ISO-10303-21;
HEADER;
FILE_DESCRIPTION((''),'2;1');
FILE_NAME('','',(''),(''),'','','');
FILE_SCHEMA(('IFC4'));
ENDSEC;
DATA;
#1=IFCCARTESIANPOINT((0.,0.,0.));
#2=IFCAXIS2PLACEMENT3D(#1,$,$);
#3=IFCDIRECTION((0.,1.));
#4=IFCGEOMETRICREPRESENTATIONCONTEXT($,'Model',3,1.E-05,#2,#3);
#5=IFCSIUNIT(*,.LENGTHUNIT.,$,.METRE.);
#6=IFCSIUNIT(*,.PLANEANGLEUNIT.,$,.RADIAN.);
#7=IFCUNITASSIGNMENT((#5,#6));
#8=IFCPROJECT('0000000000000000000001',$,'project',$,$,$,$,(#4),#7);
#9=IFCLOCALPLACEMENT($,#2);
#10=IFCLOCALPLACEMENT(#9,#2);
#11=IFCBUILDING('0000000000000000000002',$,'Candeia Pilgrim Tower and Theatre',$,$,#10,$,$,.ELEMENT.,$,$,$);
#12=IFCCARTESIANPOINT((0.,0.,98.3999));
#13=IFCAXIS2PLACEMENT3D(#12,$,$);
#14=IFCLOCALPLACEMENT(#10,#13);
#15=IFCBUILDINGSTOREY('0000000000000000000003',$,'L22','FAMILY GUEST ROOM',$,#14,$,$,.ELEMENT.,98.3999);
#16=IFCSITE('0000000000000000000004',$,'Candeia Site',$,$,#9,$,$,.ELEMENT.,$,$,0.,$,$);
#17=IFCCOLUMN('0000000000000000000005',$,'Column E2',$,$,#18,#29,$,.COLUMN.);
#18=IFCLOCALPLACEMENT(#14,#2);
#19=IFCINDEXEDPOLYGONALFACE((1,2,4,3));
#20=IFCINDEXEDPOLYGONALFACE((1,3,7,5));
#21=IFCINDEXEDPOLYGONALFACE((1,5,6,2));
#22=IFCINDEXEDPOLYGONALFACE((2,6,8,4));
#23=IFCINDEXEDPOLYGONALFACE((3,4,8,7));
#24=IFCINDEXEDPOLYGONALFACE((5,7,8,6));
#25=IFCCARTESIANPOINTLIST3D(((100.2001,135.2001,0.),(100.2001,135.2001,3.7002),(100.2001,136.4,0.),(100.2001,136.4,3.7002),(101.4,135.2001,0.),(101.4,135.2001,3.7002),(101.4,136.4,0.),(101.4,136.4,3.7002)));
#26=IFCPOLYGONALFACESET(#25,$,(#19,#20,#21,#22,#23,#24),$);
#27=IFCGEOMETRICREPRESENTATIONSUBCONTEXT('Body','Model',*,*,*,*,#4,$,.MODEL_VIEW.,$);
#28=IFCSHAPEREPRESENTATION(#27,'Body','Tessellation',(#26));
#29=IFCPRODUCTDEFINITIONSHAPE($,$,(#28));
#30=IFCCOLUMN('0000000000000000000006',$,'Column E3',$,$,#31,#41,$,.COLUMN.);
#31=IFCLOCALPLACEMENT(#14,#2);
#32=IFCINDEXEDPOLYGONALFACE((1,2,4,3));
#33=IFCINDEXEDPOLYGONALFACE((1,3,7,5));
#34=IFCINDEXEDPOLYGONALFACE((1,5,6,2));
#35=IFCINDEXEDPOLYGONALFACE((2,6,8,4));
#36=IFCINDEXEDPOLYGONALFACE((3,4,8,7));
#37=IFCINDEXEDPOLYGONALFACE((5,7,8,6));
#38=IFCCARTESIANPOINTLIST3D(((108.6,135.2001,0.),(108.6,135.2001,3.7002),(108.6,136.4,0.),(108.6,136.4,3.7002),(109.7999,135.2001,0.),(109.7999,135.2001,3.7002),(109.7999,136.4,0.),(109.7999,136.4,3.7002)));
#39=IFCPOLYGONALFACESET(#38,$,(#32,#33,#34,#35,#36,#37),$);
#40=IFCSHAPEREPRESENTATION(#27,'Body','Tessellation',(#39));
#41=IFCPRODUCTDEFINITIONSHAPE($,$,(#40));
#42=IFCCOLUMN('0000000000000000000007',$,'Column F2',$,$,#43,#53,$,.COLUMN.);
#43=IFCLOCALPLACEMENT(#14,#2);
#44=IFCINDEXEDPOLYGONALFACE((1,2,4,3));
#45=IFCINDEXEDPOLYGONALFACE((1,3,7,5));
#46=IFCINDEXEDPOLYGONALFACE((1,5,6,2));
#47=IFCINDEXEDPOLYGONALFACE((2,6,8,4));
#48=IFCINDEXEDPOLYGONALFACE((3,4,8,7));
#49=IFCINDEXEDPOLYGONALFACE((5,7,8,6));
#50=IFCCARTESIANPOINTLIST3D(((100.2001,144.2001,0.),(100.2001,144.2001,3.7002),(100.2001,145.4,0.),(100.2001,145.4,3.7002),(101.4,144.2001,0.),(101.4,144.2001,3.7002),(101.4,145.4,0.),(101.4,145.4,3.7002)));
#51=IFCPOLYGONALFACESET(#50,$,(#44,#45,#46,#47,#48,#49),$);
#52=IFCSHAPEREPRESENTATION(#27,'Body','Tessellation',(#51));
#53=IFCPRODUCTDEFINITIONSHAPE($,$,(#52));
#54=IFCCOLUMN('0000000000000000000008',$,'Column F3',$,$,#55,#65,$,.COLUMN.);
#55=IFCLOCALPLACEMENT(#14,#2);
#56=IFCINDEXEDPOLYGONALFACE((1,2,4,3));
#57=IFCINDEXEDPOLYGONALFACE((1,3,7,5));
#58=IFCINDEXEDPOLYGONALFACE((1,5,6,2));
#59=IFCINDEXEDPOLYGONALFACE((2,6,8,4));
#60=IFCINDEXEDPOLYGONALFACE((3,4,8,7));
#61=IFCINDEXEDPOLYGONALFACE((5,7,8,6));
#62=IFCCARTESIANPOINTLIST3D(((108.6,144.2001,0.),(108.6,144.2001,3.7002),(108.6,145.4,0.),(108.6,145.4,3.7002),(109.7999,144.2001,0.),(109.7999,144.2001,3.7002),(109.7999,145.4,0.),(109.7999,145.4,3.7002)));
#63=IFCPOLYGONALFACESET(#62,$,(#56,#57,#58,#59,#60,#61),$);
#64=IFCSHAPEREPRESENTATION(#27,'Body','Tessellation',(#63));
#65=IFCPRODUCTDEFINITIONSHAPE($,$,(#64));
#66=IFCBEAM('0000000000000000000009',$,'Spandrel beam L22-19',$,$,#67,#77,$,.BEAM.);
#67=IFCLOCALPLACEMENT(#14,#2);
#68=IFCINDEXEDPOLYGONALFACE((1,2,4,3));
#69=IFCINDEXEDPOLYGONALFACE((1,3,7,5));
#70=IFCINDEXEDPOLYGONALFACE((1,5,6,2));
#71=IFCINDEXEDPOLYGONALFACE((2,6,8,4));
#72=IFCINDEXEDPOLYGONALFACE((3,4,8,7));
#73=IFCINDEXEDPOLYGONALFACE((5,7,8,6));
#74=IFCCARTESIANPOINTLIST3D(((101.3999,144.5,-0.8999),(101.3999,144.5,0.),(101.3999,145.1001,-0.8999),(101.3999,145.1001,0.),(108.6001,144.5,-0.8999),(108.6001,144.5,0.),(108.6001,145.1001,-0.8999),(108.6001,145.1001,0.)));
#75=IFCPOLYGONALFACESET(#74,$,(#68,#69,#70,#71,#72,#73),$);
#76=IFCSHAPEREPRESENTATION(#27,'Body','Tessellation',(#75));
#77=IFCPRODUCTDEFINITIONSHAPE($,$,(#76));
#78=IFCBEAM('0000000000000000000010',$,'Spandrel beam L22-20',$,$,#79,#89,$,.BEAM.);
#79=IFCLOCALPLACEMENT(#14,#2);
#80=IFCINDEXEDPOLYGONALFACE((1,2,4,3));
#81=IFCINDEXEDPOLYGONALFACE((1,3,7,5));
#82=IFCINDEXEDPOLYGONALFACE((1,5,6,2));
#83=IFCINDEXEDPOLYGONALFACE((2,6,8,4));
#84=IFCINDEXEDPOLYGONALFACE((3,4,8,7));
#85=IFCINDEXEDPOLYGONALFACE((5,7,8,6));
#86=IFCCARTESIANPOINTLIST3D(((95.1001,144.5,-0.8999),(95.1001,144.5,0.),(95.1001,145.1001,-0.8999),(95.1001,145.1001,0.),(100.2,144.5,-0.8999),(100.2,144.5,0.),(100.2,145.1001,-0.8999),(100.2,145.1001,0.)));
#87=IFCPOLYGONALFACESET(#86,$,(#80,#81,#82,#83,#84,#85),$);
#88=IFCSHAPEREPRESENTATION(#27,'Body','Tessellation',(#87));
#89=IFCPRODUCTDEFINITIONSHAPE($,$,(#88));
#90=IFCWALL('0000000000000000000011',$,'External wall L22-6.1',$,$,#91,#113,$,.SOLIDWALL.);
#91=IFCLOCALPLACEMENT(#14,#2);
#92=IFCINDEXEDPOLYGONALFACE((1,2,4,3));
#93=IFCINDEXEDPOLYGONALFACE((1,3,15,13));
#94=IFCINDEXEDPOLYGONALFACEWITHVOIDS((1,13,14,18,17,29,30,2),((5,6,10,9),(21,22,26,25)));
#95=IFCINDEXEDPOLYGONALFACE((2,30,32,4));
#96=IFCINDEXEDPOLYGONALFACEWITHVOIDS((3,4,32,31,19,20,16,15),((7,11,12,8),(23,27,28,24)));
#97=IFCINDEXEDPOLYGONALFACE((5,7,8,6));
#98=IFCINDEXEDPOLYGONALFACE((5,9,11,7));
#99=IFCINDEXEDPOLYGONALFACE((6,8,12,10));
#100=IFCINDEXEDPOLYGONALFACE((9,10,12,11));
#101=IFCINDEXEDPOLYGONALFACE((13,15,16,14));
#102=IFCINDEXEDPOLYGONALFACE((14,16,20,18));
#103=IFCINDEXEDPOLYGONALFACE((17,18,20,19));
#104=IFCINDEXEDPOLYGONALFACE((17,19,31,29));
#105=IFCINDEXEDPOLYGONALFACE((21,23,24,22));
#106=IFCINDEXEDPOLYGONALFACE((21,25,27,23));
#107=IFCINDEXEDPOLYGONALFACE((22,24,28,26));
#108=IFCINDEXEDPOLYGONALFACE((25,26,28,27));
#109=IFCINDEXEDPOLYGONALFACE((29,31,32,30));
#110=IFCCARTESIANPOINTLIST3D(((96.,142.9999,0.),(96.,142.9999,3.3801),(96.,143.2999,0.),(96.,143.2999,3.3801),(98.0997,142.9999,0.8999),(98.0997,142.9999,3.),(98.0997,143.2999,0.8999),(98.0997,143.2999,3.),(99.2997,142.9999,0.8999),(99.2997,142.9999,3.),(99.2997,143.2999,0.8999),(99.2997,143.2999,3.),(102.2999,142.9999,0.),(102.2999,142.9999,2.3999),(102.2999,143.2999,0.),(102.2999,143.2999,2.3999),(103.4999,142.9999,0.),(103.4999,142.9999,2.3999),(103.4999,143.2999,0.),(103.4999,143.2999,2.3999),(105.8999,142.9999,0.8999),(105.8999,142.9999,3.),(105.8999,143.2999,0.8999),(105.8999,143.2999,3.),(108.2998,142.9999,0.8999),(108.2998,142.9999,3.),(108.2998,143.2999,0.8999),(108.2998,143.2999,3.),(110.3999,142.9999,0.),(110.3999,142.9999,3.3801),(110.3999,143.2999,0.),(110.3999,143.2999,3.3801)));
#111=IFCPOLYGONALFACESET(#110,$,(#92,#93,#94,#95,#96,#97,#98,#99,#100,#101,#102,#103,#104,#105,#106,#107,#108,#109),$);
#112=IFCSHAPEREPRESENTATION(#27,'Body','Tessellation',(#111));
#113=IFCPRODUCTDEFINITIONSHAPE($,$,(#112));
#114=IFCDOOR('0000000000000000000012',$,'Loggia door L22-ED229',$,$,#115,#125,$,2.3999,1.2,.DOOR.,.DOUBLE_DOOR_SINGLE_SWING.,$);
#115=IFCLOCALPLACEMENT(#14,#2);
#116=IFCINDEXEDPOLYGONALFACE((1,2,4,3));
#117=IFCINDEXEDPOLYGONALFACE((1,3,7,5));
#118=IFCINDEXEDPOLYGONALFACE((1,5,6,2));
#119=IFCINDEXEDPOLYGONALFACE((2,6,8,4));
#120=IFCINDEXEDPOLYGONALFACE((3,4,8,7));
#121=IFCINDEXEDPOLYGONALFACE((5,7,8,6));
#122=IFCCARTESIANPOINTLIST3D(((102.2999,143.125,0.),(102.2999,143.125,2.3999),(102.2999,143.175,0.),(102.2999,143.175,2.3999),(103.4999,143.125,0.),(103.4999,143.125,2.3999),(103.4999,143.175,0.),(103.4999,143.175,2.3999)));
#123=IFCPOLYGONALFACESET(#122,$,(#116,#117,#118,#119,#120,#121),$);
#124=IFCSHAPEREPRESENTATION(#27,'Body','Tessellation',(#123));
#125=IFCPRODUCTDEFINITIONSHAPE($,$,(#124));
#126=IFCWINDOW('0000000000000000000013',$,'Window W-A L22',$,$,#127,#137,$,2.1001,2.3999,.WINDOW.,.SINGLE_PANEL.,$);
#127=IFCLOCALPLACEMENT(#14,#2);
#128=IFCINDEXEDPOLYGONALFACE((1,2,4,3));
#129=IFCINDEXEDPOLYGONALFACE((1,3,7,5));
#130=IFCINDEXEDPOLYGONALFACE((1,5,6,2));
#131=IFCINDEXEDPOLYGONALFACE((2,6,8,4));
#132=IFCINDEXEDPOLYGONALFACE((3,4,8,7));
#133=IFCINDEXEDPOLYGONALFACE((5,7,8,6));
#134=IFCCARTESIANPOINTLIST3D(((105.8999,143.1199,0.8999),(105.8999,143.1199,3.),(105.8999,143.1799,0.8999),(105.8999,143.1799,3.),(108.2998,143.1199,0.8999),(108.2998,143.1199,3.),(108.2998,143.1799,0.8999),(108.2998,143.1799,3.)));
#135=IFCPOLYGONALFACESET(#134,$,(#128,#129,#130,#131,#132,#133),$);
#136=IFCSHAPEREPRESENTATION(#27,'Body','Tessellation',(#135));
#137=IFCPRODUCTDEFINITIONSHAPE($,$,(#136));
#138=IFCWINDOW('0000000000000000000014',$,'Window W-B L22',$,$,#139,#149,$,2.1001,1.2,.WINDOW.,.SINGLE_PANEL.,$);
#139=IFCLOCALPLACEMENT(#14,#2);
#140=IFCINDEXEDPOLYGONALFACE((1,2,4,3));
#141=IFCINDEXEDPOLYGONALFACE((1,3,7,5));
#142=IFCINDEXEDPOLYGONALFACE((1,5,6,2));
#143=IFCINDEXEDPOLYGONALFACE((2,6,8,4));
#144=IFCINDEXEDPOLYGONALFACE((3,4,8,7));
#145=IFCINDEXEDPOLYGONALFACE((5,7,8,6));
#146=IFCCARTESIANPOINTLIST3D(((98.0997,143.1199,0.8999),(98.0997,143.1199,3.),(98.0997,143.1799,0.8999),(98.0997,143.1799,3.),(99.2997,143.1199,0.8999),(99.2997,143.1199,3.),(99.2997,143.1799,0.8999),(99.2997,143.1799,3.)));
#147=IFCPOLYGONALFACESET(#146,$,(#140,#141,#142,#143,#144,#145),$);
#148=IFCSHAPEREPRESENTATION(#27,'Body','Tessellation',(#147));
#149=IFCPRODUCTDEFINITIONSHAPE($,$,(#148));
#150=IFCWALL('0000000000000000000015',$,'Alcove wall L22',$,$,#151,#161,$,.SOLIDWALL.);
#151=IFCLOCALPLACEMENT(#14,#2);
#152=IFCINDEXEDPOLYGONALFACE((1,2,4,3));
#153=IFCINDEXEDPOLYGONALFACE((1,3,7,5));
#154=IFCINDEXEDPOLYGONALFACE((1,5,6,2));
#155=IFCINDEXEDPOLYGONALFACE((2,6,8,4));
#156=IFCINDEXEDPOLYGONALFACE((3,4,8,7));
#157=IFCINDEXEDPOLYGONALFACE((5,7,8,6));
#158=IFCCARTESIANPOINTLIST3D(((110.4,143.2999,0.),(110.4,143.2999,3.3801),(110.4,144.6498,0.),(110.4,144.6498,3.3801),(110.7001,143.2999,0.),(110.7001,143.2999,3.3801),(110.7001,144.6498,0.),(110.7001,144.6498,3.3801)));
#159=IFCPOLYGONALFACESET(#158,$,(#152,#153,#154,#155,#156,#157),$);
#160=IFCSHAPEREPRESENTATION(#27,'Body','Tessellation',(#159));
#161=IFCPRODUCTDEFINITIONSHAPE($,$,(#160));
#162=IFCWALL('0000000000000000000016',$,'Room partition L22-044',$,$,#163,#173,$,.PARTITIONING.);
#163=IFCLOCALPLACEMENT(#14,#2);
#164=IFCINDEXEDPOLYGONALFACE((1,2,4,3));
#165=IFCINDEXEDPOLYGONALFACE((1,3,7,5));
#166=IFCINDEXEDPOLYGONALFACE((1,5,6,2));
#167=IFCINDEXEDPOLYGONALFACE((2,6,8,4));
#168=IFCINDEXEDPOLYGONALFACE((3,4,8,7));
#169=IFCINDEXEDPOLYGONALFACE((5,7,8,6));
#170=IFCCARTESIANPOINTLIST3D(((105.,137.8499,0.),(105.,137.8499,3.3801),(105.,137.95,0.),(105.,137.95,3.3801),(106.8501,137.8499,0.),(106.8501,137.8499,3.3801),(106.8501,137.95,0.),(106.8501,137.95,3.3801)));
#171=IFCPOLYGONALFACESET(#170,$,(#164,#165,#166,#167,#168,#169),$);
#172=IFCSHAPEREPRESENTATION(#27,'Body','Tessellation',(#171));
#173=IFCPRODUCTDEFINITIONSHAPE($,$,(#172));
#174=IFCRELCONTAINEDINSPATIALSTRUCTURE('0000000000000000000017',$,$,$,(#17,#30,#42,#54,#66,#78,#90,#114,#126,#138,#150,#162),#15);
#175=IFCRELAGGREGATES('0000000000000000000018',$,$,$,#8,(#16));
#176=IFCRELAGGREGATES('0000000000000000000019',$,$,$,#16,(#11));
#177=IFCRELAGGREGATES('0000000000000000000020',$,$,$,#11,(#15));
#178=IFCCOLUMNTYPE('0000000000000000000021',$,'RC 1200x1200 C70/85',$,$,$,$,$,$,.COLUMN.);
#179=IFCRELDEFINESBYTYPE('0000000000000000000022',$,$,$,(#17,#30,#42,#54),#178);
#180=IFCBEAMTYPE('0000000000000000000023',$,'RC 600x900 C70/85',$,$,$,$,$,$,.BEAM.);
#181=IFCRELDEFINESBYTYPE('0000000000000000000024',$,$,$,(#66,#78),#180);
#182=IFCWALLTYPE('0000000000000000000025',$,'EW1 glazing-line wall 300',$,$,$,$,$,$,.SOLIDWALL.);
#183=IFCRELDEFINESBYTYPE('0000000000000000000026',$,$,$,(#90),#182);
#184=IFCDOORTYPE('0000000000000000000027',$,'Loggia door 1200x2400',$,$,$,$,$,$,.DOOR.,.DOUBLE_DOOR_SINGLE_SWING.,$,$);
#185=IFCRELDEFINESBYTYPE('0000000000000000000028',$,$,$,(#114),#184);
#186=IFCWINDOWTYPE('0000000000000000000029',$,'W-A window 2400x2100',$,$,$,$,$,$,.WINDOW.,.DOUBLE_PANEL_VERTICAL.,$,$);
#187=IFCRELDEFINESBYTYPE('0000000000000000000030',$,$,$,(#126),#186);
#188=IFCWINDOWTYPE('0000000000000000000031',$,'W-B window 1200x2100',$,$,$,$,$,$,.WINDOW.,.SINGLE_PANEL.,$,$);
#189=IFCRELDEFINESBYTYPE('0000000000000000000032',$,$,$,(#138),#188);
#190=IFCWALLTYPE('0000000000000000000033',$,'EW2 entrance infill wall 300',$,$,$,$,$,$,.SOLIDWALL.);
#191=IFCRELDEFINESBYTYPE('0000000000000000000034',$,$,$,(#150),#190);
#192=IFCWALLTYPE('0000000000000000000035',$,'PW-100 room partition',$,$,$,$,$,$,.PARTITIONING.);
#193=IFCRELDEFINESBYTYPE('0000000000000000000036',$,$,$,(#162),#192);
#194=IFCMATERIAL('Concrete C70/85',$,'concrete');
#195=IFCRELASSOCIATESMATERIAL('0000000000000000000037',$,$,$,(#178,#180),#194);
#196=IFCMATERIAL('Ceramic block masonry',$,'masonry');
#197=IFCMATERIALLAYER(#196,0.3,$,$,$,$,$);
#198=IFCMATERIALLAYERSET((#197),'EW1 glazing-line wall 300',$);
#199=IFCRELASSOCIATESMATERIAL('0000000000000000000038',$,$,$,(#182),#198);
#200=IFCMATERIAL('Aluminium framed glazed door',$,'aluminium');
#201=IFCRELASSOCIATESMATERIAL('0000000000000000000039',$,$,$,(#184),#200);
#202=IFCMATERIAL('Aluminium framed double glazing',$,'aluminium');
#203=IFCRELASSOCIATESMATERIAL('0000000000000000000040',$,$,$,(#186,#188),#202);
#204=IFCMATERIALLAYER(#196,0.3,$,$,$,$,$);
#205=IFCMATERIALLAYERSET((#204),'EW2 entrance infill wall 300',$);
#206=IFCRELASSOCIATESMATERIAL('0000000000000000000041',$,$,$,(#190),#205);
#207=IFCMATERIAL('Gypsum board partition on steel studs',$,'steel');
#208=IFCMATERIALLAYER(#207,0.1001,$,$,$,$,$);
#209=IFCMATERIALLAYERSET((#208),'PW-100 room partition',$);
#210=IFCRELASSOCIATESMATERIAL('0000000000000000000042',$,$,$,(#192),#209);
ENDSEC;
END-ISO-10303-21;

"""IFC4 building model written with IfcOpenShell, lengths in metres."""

from ifc_helpers import new_model, si_unit, direction, frame, frame_2d, origin, origin_2d, place, context, subcontext, project, spatial, rectangle, extrude, material, layer, layer_set, material_profile, profile_set, type_object, element, fill, save


model = new_model("IFC4")

# Units and contexts
model_context = context("Model", 3, precision=1e-05, world=origin(), true_north=direction((0.0, 1.0)))
body_context = subcontext(model_context, "Body", "Model", "MODEL_VIEW")
ifc_project = project(units=[si_unit("LENGTHUNIT", "METRE"), si_unit("PLANEANGLEUNIT", "RADIAN")], contexts=[model_context])

# Site, building, storey
site_placement = place(None, origin())
site = spatial("IfcSite", under=ifc_project, at=site_placement, Name="Candeia Site", CompositionType="ELEMENT", RefElevation=0.0)
building_placement = place(site_placement, origin())
building = spatial("IfcBuilding", under=site, at=building_placement, Name="Candeia Pilgrim Tower and Theatre", CompositionType="ELEMENT")
storey_placement = place(building_placement, frame((0.0, 0.0, 98.3999)))
storey = spatial("IfcBuildingStorey", under=building, at=storey_placement, Name="L22", Description="FAMILY GUEST ROOM", CompositionType="ELEMENT", Elevation=98.3999)

# Columns
ifc_material_1 = material(Name="Concrete C70/85", Category="concrete")
ifc_material_profile_1 = material_profile(ifc_material_1, rectangle(XDim=1.2, YDim=1.2, at=origin_2d()))
ifc_profile_set_1 = profile_set([ifc_material_profile_1], Name="Concrete C70/85")
column_type = type_object("IfcColumnType", Name="RC 1200x1200 C70/85", PredefinedType="COLUMN", material=ifc_profile_set_1)
for number, where, z_axis, x_axis, name in (
    (1, (100.8, 135.8, 0.0), (0.0, 0.0, 1.0), (1.0, 0.0, 0.0), "Column E2"),
    (2, (109.2, 135.8, 0.0), (0.0, 0.0, 1.0), (1.0, 0.0, 0.0), "Column E3"),
    (3, (100.8, 144.8, 0.0), (0.0, 0.0, 1.0), (1.0, 0.0, 0.0), "Column F2"),
    (4, (109.2, 144.8, 0.0), (0.0, 0.0, 1.0), (1.0, 0.0, 0.0), "Column F3"),
):
    element("IfcColumn", number, at=place(storey_placement, frame(where, z_axis=z_axis, x_axis=x_axis)), inside=storey, type_object=column_type, Name=name, PredefinedType="COLUMN", context=body_context, shape_type="SweptSolid", body=[
        extrude(rectangle(XDim=1.2, YDim=1.2, at=origin_2d()), origin(), (0.0, 0.0, 1.0), 3.7002),
    ])

# Beams
ifc_material_profile_2 = material_profile(ifc_material_1, rectangle(XDim=0.6001, YDim=0.8999, at=origin_2d()))
ifc_profile_set_2 = profile_set([ifc_material_profile_2], Name="Concrete C70/85")
beam_type = type_object("IfcBeamType", Name="RC 600x900 C70/85", PredefinedType="BEAM", material=ifc_profile_set_2)
beam_1_placement = place(storey_placement, frame((108.6001, 144.8, -0.45), z_axis=(-1.0, 0.0, 0.0), x_axis=(0.0, -1.0, 0.0)))
element("IfcBeam", 5, at=beam_1_placement, inside=storey, type_object=beam_type, Name="Spandrel beam L22-19", PredefinedType="BEAM", context=body_context, shape_type="SweptSolid", body=[
    extrude(rectangle(XDim=0.6001, YDim=0.8999, at=origin_2d()), origin(), (0.0, 0.0, 1.0), 7.2002),
])
beam_2_placement = place(storey_placement, frame((100.2, 144.8, -0.45), z_axis=(-1.0, 0.0, 0.0), x_axis=(0.0, -1.0, 0.0)))
element("IfcBeam", 6, at=beam_2_placement, inside=storey, type_object=beam_type, Name="Spandrel beam L22-20", PredefinedType="BEAM", context=body_context, shape_type="SweptSolid", body=[
    extrude(rectangle(XDim=0.6001, YDim=0.8999, at=origin_2d()), origin(), (0.0, 0.0, 1.0), 5.0999),
])

# Wall, openings, door, windows
ifc_material_2 = material(Name="Ceramic block masonry", Category="masonry")
ifc_layer_1 = layer(ifc_material_2, 0.3)
ifc_layer_set_1 = layer_set([ifc_layer_1], Name="EW1 glazing-line wall 300")
wall_type_1 = type_object("IfcWallType", Name="EW1 glazing-line wall 300", PredefinedType="SOLIDWALL", material=ifc_layer_set_1)
wall_1_placement = place(storey_placement, frame((110.3999, 143.1499, 0.0), z_axis=(0.0, 0.0, 1.0), x_axis=(-1.0, 0.0, 0.0)))
wall_1 = element("IfcWall", 7, at=wall_1_placement, inside=storey, type_object=wall_type_1, Name="External wall L22-6.1", PredefinedType="SOLIDWALL", context=body_context, shape_type="SweptSolid", body=[
    extrude(rectangle(XDim=14.3999, YDim=0.3, at=frame_2d((7.2, 0.0))), origin(), (0.0, 0.0, 1.0), 3.3801),
])
opening_1_placement = place(wall_1_placement, frame((2.1001, 0.0, 0.8999)))
opening_1 = element("IfcOpeningElement", 8, at=opening_1_placement, cuts=wall_1, PredefinedType="OPENING", context=body_context, shape_type="SweptSolid", body=[
    extrude(rectangle(XDim=2.3999, YDim=2.1001, at=frame_2d((1.2, 1.05))), frame((0.0, 0.1602, 0.0), z_axis=(0.0, -1.0, 0.0), x_axis=(1.0, 0.0, 0.0)), (0.0, 0.0, 1.0), 0.3201),
])
opening_2_placement = place(wall_1_placement, frame((6.8999, 0.0, 0.0)))
opening_2 = element("IfcOpeningElement", 9, at=opening_2_placement, cuts=wall_1, PredefinedType="OPENING", context=body_context, shape_type="SweptSolid", body=[
    extrude(rectangle(XDim=1.2, YDim=2.3999, at=frame_2d((0.6001, 1.2))), frame((0.0, 0.1602, 0.0), z_axis=(0.0, -1.0, 0.0), x_axis=(1.0, 0.0, 0.0)), (0.0, 0.0, 1.0), 0.3201),
])
opening_3_placement = place(wall_1_placement, frame((11.1001, 0.0, 0.8999)))
opening_3 = element("IfcOpeningElement", 10, at=opening_3_placement, cuts=wall_1, PredefinedType="OPENING", context=body_context, shape_type="SweptSolid", body=[
    extrude(rectangle(XDim=1.2, YDim=2.1001, at=frame_2d((0.6001, 1.05))), frame((0.0, 0.1602, 0.0), z_axis=(0.0, -1.0, 0.0), x_axis=(1.0, 0.0, 0.0)), (0.0, 0.0, 1.0), 0.3201),
])
ifc_material_3 = material(Name="Aluminium framed glazed door", Category="aluminium")
door_type_1 = type_object("IfcDoorType", Name="Loggia door 1200x2400", OperationType="DOUBLE_DOOR_SINGLE_SWING", PredefinedType="DOOR", material=ifc_material_3)
door_1_placement = place(opening_2_placement, origin())
door_1 = element("IfcDoor", 11, at=door_1_placement, inside=storey, type_object=door_type_1, Name="Loggia door L22-ED229", OperationType="DOUBLE_DOOR_SINGLE_SWING", OverallHeight=2.3999, OverallWidth=1.2, PredefinedType="DOOR", context=body_context, shape_type="SweptSolid", body=[
    extrude(rectangle(XDim=1.2, YDim=2.3999, at=frame_2d((0.6001, 1.2))), frame((0.0, 0.0249, 0.0), z_axis=(0.0, -1.0, 0.0), x_axis=(1.0, 0.0, 0.0)), (0.0, 0.0, 1.0), 0.05),
])
fill(opening_2, door_1)
ifc_material_4 = material(Name="Aluminium framed double glazing", Category="aluminium")
window_type_1 = type_object("IfcWindowType", Name="W-A window 2400x2100", PartitioningType="DOUBLE_PANEL_VERTICAL", PredefinedType="WINDOW", material=ifc_material_4)
window_1_placement = place(opening_1_placement, origin())
window_1 = element("IfcWindow", 12, at=window_1_placement, inside=storey, type_object=window_type_1, Name="Window W-A L22", OverallHeight=2.1001, OverallWidth=2.3999, PartitioningType="SINGLE_PANEL", PredefinedType="WINDOW", context=body_context, shape_type="SweptSolid", body=[
    extrude(rectangle(XDim=2.3999, YDim=2.1001, at=frame_2d((1.2, 1.05))), frame((0.0, 0.03, 0.0), z_axis=(0.0, -1.0, 0.0), x_axis=(1.0, 0.0, 0.0)), (0.0, 0.0, 1.0), 0.0601),
])
fill(opening_1, window_1)
window_type_2 = type_object("IfcWindowType", Name="W-B window 1200x2100", PartitioningType="SINGLE_PANEL", PredefinedType="WINDOW", material=ifc_material_4)
window_2_placement = place(opening_3_placement, origin())
window_2 = element("IfcWindow", 13, at=window_2_placement, inside=storey, type_object=window_type_2, Name="Window W-B L22", OverallHeight=2.1001, OverallWidth=1.2, PartitioningType="SINGLE_PANEL", PredefinedType="WINDOW", context=body_context, shape_type="SweptSolid", body=[
    extrude(rectangle(XDim=1.2, YDim=2.1001, at=frame_2d((0.6001, 1.05))), frame((0.0, 0.03, 0.0), z_axis=(0.0, -1.0, 0.0), x_axis=(1.0, 0.0, 0.0)), (0.0, 0.0, 1.0), 0.0601),
])
fill(opening_3, window_2)

# Walls
ifc_layer_2 = layer(ifc_material_2, 0.3)
ifc_layer_set_2 = layer_set([ifc_layer_2], Name="EW2 entrance infill wall 300")
wall_type_2 = type_object("IfcWallType", Name="EW2 entrance infill wall 300", PredefinedType="SOLIDWALL", material=ifc_layer_set_2)
wall_2_placement = place(storey_placement, frame((110.55, 143.3, 0.0), z_axis=(0.0, 0.0, 1.0), x_axis=(0.0, 1.0, 0.0)))
element("IfcWall", 14, at=wall_2_placement, inside=storey, type_object=wall_type_2, Name="Alcove wall L22", PredefinedType="SOLIDWALL", context=body_context, shape_type="SweptSolid", body=[
    extrude(rectangle(XDim=1.3499, YDim=0.3, at=frame_2d((0.6748, 0.0))), origin(), (0.0, 0.0, 1.0), 3.3801),
])
ifc_material_5 = material(Name="Gypsum board partition on steel studs", Category="steel")
ifc_layer_3 = layer(ifc_material_5, 0.1001)
ifc_layer_set_3 = layer_set([ifc_layer_3], Name="PW-100 room partition")
wall_type_3 = type_object("IfcWallType", Name="PW-100 room partition", PredefinedType="PARTITIONING", material=ifc_layer_set_3)
wall_3_placement = place(storey_placement, frame((105.0, 137.8999, 0.0), z_axis=(0.0, 0.0, 1.0), x_axis=(1.0, 0.0, 0.0)))
element("IfcWall", 15, at=wall_3_placement, inside=storey, type_object=wall_type_3, Name="Room partition L22-044", PredefinedType="PARTITIONING", context=body_context, shape_type="SweptSolid", body=[
    extrude(rectangle(XDim=1.8501, YDim=0.1001, at=frame_2d((0.925, 0.0))), origin(), (0.0, 0.0, 1.0), 3.3801),
])

save(model, "model.ifc")
